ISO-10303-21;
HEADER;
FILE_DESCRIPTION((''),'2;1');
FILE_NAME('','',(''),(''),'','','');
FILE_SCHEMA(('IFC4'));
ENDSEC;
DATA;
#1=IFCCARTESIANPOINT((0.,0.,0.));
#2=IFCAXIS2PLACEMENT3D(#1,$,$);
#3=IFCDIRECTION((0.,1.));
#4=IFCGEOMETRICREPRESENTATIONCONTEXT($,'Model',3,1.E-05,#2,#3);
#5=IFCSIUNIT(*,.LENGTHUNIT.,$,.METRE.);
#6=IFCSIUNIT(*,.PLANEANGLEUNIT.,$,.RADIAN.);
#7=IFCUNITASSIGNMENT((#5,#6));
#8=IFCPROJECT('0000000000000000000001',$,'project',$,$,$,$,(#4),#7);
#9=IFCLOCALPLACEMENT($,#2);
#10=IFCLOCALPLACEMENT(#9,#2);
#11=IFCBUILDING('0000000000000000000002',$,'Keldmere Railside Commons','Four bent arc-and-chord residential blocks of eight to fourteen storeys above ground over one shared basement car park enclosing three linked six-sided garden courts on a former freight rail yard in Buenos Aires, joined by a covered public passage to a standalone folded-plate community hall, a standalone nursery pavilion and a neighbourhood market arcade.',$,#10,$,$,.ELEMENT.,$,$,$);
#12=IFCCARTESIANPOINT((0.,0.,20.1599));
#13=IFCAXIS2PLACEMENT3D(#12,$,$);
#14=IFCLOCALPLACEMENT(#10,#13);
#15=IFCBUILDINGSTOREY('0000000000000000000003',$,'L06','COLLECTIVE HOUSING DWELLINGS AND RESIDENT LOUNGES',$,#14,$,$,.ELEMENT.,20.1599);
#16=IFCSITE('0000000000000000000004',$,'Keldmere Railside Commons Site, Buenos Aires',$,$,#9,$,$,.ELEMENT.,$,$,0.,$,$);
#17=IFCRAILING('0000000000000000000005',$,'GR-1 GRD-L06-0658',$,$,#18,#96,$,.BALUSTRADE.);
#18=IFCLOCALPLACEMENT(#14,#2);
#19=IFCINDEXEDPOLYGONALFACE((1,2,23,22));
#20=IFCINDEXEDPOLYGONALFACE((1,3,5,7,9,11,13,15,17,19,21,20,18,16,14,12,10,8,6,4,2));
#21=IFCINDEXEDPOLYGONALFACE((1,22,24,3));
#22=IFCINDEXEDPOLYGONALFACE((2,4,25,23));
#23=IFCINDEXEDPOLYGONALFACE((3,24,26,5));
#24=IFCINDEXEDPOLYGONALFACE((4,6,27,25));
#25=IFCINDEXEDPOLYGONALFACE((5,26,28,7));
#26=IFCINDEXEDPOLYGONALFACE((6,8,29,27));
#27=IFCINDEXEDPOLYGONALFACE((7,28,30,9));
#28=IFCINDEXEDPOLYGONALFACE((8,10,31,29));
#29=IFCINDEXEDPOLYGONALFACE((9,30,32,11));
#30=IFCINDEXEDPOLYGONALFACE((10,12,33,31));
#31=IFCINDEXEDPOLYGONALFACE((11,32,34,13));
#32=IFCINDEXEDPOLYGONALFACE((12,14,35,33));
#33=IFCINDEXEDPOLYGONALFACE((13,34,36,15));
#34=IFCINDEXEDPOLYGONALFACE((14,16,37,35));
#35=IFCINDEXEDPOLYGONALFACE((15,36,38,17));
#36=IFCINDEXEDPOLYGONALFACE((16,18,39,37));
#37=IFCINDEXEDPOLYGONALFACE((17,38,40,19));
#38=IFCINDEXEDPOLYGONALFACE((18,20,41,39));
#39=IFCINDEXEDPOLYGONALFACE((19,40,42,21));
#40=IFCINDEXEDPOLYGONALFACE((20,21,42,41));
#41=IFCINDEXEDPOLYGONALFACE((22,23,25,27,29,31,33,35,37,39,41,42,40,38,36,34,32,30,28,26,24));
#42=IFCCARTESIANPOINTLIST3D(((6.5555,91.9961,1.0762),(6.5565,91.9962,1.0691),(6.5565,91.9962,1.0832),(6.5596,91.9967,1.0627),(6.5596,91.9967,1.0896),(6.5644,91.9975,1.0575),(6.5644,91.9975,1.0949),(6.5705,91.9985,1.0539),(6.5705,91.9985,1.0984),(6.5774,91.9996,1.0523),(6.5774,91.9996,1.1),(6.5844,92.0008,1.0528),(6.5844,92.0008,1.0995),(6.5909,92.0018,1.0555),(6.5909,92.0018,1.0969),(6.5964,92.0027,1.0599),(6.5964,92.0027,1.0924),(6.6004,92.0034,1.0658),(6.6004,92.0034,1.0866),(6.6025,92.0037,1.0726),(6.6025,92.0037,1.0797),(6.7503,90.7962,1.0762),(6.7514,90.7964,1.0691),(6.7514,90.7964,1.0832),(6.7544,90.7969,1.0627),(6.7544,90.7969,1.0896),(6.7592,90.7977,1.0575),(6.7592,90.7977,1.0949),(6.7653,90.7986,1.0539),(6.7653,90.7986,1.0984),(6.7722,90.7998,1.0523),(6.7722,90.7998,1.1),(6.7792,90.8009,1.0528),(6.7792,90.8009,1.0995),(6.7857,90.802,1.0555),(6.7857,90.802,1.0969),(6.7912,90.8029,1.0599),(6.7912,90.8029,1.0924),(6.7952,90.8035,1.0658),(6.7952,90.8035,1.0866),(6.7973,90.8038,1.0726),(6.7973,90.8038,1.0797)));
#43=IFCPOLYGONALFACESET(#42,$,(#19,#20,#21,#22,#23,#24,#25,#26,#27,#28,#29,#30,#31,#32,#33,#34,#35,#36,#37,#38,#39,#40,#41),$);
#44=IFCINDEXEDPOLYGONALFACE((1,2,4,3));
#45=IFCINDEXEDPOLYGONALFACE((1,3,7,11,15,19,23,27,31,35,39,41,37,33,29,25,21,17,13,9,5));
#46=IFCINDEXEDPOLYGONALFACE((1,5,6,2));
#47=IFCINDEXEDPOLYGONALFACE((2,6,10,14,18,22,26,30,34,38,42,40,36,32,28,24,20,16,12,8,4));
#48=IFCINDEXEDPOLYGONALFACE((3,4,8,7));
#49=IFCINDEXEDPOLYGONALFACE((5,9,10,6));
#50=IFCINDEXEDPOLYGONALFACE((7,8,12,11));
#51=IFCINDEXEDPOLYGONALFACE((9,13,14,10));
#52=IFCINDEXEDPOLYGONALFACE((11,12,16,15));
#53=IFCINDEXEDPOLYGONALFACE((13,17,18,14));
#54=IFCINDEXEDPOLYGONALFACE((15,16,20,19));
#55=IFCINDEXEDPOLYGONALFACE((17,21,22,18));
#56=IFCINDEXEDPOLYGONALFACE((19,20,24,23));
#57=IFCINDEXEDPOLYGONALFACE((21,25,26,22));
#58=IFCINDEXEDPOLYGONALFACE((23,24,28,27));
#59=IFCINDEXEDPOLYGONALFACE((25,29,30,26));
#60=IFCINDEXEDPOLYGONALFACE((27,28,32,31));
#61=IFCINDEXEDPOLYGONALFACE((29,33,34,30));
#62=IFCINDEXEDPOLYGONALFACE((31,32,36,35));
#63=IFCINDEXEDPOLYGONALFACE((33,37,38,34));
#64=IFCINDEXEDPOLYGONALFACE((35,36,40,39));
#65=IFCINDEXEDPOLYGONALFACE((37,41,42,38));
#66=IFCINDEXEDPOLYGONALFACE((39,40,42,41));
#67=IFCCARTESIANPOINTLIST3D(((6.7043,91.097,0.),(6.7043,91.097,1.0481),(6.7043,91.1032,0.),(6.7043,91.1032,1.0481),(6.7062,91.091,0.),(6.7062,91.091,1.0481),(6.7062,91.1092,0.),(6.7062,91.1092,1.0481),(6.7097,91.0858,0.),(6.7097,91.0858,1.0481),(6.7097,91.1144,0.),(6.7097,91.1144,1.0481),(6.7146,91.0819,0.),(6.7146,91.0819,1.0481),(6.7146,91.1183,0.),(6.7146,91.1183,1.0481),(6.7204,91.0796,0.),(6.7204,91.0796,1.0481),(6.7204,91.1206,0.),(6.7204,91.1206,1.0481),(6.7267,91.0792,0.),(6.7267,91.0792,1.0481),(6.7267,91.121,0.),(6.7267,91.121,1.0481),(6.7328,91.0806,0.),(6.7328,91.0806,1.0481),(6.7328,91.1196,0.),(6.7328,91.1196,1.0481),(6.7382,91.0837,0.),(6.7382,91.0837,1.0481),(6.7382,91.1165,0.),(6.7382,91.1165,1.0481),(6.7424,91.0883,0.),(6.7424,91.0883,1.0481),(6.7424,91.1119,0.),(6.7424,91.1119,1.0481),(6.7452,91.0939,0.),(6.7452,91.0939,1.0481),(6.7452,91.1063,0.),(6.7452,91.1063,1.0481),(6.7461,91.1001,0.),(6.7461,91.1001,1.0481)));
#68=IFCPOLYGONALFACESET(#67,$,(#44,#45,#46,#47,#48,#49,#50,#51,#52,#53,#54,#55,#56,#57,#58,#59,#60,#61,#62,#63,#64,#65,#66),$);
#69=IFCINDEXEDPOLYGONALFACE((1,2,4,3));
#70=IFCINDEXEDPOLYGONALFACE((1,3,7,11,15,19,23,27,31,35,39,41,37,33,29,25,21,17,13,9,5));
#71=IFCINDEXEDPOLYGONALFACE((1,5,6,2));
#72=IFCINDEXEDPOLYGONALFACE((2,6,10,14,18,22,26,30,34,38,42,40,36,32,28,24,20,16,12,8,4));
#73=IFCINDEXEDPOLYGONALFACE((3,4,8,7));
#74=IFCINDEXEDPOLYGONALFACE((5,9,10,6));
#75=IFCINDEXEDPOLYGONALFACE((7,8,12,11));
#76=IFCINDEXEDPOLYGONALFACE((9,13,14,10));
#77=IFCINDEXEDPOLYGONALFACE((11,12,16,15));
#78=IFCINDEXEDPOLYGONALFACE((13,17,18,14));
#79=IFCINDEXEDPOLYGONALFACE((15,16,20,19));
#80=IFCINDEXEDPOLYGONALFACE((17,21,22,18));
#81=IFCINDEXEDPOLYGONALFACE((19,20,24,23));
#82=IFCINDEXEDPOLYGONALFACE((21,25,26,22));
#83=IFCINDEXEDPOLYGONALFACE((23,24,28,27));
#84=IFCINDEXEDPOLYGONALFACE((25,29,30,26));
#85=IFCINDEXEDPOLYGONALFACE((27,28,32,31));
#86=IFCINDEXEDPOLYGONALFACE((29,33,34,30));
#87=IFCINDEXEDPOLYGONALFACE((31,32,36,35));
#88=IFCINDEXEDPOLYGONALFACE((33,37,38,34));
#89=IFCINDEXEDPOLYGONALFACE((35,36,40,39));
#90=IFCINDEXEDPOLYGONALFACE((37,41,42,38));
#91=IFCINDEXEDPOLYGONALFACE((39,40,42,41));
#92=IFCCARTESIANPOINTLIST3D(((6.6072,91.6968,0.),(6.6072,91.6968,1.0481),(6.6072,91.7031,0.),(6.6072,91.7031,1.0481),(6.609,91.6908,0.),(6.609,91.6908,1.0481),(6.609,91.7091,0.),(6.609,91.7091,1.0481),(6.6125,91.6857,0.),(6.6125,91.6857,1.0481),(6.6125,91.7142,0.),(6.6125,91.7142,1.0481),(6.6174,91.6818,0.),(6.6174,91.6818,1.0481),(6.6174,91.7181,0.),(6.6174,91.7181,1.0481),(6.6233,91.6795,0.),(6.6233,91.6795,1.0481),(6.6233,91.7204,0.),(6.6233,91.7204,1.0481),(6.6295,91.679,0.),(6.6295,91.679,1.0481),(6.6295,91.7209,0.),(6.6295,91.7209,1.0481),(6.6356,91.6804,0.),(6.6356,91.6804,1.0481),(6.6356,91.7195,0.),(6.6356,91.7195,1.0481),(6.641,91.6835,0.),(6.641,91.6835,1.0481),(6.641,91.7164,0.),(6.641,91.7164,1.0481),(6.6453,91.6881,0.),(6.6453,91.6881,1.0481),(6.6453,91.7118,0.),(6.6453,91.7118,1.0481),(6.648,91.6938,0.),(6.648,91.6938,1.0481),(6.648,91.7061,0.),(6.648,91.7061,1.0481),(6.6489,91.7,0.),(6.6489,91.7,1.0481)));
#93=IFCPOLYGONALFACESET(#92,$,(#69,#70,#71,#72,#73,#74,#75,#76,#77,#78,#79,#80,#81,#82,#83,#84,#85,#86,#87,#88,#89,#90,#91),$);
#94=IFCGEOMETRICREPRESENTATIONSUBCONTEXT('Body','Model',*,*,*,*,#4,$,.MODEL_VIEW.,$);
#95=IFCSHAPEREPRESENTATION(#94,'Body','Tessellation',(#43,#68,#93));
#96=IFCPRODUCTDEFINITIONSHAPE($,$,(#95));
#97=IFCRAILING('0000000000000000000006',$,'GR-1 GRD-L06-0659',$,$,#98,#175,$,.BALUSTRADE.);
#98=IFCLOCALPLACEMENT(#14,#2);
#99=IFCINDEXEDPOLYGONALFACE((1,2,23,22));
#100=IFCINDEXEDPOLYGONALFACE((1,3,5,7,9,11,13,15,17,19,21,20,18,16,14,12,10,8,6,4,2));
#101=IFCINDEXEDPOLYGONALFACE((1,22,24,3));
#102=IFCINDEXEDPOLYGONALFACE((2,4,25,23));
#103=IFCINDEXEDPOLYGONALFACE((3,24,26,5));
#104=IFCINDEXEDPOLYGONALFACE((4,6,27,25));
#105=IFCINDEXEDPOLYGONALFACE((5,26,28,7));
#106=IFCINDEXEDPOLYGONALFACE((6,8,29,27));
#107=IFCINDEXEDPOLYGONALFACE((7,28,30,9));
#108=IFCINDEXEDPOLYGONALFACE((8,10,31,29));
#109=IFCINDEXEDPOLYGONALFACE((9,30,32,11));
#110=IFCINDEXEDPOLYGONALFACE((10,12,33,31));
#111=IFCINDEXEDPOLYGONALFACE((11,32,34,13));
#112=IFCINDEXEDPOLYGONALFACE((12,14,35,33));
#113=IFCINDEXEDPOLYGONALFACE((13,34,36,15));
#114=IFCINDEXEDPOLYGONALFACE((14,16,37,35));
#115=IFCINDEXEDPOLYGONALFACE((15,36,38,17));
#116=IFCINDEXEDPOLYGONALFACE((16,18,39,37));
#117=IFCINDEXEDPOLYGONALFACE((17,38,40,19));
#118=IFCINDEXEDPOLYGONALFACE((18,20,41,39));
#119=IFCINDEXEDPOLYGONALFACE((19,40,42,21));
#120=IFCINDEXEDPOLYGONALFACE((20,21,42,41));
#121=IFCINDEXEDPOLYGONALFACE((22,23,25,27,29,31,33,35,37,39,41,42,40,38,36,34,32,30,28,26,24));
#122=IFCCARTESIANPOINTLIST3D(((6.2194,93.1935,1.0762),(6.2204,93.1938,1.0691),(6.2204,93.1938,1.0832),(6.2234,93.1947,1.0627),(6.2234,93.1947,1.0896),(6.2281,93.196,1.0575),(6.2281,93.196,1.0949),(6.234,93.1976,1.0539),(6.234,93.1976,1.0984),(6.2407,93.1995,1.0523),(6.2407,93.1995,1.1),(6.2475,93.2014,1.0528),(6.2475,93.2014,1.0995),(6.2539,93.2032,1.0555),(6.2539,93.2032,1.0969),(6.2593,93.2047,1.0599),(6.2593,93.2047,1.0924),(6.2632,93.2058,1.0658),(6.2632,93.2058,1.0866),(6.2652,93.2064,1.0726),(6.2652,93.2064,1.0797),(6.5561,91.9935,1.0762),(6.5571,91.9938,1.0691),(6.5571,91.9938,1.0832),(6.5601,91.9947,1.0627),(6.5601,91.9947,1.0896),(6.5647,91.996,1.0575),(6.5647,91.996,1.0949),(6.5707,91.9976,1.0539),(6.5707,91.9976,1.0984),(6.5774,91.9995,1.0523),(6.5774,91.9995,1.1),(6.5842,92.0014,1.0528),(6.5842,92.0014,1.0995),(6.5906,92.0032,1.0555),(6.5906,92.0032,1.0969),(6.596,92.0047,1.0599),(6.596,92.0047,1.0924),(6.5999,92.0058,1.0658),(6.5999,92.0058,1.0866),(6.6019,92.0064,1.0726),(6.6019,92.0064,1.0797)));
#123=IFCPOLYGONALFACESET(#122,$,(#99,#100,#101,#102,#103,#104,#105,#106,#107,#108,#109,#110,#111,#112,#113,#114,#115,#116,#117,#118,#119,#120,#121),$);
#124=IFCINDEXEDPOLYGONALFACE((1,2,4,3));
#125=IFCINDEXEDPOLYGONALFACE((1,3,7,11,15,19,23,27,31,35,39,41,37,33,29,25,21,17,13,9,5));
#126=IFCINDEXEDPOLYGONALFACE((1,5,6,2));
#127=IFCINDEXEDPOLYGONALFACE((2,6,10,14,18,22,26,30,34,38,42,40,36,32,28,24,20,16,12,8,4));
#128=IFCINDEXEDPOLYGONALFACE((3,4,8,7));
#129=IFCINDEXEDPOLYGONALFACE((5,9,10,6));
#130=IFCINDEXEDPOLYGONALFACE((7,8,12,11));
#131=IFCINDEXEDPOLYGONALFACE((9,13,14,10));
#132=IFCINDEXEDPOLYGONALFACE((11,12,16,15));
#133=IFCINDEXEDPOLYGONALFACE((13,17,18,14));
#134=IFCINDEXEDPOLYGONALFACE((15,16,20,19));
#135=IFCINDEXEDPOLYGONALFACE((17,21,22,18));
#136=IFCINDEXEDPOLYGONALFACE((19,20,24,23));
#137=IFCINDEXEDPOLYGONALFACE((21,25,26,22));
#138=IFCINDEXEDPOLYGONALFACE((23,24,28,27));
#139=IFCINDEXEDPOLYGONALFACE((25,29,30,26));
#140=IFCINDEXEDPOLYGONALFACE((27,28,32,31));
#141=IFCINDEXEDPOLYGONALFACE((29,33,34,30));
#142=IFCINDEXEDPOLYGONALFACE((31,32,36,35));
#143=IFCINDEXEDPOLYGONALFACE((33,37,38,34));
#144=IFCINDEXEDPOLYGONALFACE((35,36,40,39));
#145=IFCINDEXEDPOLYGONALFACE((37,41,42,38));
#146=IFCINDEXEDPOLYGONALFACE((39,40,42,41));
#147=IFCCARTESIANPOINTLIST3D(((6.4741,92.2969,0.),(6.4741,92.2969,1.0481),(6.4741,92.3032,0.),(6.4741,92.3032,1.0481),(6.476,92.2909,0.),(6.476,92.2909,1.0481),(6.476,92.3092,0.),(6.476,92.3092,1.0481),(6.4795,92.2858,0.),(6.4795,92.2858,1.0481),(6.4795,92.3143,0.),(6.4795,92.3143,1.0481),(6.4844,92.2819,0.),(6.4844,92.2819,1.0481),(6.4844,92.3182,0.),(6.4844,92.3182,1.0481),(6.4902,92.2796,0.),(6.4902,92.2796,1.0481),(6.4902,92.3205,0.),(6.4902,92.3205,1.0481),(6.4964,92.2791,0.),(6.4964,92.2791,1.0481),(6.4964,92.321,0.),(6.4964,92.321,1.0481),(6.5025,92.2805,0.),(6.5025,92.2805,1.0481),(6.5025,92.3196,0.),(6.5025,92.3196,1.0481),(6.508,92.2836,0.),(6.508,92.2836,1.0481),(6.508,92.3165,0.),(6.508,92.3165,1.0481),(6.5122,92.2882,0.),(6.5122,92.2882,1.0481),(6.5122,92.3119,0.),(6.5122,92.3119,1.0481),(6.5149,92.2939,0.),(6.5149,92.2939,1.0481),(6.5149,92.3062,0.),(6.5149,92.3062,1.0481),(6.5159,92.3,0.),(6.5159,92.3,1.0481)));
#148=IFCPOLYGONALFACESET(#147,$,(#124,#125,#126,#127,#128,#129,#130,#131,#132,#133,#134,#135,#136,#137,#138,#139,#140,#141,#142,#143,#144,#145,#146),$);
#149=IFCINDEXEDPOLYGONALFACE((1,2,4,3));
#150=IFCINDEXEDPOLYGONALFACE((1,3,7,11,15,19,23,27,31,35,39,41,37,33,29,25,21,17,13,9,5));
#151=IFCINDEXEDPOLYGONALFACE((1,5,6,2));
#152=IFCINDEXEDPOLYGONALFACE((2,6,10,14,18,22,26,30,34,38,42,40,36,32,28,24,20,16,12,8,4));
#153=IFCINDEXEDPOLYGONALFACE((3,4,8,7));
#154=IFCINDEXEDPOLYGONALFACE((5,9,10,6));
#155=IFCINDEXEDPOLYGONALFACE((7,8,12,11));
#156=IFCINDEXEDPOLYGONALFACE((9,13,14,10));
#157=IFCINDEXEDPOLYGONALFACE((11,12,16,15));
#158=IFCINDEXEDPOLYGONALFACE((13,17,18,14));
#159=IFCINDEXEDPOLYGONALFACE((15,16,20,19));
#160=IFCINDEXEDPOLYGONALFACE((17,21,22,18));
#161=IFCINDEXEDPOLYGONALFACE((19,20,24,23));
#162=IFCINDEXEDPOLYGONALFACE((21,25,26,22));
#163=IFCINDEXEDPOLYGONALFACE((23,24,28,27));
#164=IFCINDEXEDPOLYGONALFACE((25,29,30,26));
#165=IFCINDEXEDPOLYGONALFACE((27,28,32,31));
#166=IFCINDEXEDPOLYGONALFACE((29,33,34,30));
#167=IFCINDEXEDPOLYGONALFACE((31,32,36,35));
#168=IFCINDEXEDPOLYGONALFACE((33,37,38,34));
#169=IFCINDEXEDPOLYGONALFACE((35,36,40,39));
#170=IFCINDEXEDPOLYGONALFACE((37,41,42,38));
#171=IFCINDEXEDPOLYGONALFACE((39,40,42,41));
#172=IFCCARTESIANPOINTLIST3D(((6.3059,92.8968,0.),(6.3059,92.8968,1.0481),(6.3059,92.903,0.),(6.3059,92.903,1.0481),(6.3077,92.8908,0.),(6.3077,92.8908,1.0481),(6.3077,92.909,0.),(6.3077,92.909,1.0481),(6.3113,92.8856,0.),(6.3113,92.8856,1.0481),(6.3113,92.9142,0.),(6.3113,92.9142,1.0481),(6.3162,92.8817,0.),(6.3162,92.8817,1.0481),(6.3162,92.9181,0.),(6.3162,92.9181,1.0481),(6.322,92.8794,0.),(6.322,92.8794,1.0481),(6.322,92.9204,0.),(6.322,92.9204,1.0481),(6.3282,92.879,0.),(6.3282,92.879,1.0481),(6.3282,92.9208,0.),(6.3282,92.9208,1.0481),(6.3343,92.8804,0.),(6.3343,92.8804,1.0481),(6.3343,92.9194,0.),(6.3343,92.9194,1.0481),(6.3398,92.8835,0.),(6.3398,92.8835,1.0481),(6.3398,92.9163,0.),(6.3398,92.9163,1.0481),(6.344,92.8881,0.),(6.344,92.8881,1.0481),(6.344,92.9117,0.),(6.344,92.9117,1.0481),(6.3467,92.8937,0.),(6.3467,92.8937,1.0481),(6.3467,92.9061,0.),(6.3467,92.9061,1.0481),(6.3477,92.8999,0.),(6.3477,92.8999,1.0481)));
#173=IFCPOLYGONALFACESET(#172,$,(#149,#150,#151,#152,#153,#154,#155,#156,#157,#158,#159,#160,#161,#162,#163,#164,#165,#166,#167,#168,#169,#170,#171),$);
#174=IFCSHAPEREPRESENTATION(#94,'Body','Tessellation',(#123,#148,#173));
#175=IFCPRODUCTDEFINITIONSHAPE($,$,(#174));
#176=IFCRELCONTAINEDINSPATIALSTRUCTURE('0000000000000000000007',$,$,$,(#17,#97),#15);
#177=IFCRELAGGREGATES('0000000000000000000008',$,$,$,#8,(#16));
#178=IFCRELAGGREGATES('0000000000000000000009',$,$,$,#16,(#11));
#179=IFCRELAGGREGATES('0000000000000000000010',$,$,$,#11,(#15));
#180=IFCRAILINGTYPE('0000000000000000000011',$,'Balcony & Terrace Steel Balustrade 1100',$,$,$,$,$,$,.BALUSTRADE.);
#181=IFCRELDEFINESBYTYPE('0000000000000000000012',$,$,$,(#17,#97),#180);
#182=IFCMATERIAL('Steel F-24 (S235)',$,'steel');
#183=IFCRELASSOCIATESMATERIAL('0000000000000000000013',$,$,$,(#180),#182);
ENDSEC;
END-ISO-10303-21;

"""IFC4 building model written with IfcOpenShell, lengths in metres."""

from ifc_helpers import new_model, si_unit, direction, frame, origin, origin_2d, place, context, subcontext, project, spatial, circle, extrude, material, type_object, element, save


model = new_model("IFC4")

# Units and contexts
model_context = context("Model", 3, precision=1e-05, world=origin(), true_north=direction((0.0, 1.0)))
body_context = subcontext(model_context, "Body", "Model", "MODEL_VIEW")
ifc_project = project(units=[si_unit("LENGTHUNIT", "METRE"), si_unit("PLANEANGLEUNIT", "RADIAN")], contexts=[model_context])

# Site, building, storey
site_placement = place(None, origin())
site = spatial("IfcSite", under=ifc_project, at=site_placement, Name="Keldmere Railside Commons Site, Buenos Aires", CompositionType="ELEMENT", RefElevation=0.0)
building_placement = place(site_placement, origin())
building = spatial("IfcBuilding", under=site, at=building_placement, Name="Keldmere Railside Commons", Description="Four bent arc-and-chord residential blocks of eight to fourteen storeys above ground over one shared basement car park enclosing three linked six-sided garden courts on a former freight rail yard in Buenos Aires, joined by a covered public passage to a standalone folded-plate community hall, a standalone nursery pavilion and a neighbourhood market arcade.", CompositionType="ELEMENT")
storey_placement = place(building_placement, frame((0.0, 0.0, 20.1599)))
storey = spatial("IfcBuildingStorey", under=building, at=storey_placement, Name="L06", Description="COLLECTIVE HOUSING DWELLINGS AND RESIDENT LOUNGES", CompositionType="ELEMENT", Elevation=20.1599)

# Shared definitions
ifc_material_1 = material(Name="Steel F-24 (S235)", Category="steel")

# Railings
railing_type = type_object("IfcRailingType", Name="Balcony & Terrace Steel Balustrade 1100", PredefinedType="BALUSTRADE", material=ifc_material_1)
railing_1_placement = place(storey_placement, frame((6.7739, 90.8, 0.0)))
element("IfcRailing", 1, at=railing_1_placement, inside=storey, type_object=railing_type, Name="GR-1 GRD-L06-0658", PredefinedType="BALUSTRADE", context=body_context, shape_type="SweptSolid", body=[
    extrude(circle(Radius=0.0239, at=origin_2d()), frame((0.0, 0.0, 1.0762), z_axis=(-0.160262, 0.987075, 0.0), x_axis=(-0.987075, -0.160262, 0.0)), (0.0, 0.0, 1.0), 1.2156),
    extrude(circle(Radius=0.021, at=origin_2d()), frame((-0.0488, 0.3, 0.0)), (0.0, 0.0, 1.0), 1.0481),
    extrude(circle(Radius=0.021, at=origin_2d()), frame((-0.146, 0.8999, 0.0)), (0.0, 0.0, 1.0), 1.0481),
])
railing_2_placement = place(storey_placement, frame((6.5791, 92.0, 0.0)))
element("IfcRailing", 2, at=railing_2_placement, inside=storey, type_object=railing_type, Name="GR-1 GRD-L06-0659", PredefinedType="BALUSTRADE", context=body_context, shape_type="SweptSolid", body=[
    extrude(circle(Radius=0.0239, at=origin_2d()), frame((0.0, 0.0, 1.0762), z_axis=(-0.270139, 0.962821, 0.0), x_axis=(-0.962821, -0.270139, 0.0)), (0.0, 0.0, 1.0), 1.2463),
    extrude(circle(Radius=0.021, at=origin_2d()), frame((-0.0842, 0.3, 0.0)), (0.0, 0.0, 1.0), 1.0481),
    extrude(circle(Radius=0.021, at=origin_2d()), frame((-0.2524, 0.8999, 0.0)), (0.0, 0.0, 1.0), 1.0481),
])

save(model, "model.ifc")
